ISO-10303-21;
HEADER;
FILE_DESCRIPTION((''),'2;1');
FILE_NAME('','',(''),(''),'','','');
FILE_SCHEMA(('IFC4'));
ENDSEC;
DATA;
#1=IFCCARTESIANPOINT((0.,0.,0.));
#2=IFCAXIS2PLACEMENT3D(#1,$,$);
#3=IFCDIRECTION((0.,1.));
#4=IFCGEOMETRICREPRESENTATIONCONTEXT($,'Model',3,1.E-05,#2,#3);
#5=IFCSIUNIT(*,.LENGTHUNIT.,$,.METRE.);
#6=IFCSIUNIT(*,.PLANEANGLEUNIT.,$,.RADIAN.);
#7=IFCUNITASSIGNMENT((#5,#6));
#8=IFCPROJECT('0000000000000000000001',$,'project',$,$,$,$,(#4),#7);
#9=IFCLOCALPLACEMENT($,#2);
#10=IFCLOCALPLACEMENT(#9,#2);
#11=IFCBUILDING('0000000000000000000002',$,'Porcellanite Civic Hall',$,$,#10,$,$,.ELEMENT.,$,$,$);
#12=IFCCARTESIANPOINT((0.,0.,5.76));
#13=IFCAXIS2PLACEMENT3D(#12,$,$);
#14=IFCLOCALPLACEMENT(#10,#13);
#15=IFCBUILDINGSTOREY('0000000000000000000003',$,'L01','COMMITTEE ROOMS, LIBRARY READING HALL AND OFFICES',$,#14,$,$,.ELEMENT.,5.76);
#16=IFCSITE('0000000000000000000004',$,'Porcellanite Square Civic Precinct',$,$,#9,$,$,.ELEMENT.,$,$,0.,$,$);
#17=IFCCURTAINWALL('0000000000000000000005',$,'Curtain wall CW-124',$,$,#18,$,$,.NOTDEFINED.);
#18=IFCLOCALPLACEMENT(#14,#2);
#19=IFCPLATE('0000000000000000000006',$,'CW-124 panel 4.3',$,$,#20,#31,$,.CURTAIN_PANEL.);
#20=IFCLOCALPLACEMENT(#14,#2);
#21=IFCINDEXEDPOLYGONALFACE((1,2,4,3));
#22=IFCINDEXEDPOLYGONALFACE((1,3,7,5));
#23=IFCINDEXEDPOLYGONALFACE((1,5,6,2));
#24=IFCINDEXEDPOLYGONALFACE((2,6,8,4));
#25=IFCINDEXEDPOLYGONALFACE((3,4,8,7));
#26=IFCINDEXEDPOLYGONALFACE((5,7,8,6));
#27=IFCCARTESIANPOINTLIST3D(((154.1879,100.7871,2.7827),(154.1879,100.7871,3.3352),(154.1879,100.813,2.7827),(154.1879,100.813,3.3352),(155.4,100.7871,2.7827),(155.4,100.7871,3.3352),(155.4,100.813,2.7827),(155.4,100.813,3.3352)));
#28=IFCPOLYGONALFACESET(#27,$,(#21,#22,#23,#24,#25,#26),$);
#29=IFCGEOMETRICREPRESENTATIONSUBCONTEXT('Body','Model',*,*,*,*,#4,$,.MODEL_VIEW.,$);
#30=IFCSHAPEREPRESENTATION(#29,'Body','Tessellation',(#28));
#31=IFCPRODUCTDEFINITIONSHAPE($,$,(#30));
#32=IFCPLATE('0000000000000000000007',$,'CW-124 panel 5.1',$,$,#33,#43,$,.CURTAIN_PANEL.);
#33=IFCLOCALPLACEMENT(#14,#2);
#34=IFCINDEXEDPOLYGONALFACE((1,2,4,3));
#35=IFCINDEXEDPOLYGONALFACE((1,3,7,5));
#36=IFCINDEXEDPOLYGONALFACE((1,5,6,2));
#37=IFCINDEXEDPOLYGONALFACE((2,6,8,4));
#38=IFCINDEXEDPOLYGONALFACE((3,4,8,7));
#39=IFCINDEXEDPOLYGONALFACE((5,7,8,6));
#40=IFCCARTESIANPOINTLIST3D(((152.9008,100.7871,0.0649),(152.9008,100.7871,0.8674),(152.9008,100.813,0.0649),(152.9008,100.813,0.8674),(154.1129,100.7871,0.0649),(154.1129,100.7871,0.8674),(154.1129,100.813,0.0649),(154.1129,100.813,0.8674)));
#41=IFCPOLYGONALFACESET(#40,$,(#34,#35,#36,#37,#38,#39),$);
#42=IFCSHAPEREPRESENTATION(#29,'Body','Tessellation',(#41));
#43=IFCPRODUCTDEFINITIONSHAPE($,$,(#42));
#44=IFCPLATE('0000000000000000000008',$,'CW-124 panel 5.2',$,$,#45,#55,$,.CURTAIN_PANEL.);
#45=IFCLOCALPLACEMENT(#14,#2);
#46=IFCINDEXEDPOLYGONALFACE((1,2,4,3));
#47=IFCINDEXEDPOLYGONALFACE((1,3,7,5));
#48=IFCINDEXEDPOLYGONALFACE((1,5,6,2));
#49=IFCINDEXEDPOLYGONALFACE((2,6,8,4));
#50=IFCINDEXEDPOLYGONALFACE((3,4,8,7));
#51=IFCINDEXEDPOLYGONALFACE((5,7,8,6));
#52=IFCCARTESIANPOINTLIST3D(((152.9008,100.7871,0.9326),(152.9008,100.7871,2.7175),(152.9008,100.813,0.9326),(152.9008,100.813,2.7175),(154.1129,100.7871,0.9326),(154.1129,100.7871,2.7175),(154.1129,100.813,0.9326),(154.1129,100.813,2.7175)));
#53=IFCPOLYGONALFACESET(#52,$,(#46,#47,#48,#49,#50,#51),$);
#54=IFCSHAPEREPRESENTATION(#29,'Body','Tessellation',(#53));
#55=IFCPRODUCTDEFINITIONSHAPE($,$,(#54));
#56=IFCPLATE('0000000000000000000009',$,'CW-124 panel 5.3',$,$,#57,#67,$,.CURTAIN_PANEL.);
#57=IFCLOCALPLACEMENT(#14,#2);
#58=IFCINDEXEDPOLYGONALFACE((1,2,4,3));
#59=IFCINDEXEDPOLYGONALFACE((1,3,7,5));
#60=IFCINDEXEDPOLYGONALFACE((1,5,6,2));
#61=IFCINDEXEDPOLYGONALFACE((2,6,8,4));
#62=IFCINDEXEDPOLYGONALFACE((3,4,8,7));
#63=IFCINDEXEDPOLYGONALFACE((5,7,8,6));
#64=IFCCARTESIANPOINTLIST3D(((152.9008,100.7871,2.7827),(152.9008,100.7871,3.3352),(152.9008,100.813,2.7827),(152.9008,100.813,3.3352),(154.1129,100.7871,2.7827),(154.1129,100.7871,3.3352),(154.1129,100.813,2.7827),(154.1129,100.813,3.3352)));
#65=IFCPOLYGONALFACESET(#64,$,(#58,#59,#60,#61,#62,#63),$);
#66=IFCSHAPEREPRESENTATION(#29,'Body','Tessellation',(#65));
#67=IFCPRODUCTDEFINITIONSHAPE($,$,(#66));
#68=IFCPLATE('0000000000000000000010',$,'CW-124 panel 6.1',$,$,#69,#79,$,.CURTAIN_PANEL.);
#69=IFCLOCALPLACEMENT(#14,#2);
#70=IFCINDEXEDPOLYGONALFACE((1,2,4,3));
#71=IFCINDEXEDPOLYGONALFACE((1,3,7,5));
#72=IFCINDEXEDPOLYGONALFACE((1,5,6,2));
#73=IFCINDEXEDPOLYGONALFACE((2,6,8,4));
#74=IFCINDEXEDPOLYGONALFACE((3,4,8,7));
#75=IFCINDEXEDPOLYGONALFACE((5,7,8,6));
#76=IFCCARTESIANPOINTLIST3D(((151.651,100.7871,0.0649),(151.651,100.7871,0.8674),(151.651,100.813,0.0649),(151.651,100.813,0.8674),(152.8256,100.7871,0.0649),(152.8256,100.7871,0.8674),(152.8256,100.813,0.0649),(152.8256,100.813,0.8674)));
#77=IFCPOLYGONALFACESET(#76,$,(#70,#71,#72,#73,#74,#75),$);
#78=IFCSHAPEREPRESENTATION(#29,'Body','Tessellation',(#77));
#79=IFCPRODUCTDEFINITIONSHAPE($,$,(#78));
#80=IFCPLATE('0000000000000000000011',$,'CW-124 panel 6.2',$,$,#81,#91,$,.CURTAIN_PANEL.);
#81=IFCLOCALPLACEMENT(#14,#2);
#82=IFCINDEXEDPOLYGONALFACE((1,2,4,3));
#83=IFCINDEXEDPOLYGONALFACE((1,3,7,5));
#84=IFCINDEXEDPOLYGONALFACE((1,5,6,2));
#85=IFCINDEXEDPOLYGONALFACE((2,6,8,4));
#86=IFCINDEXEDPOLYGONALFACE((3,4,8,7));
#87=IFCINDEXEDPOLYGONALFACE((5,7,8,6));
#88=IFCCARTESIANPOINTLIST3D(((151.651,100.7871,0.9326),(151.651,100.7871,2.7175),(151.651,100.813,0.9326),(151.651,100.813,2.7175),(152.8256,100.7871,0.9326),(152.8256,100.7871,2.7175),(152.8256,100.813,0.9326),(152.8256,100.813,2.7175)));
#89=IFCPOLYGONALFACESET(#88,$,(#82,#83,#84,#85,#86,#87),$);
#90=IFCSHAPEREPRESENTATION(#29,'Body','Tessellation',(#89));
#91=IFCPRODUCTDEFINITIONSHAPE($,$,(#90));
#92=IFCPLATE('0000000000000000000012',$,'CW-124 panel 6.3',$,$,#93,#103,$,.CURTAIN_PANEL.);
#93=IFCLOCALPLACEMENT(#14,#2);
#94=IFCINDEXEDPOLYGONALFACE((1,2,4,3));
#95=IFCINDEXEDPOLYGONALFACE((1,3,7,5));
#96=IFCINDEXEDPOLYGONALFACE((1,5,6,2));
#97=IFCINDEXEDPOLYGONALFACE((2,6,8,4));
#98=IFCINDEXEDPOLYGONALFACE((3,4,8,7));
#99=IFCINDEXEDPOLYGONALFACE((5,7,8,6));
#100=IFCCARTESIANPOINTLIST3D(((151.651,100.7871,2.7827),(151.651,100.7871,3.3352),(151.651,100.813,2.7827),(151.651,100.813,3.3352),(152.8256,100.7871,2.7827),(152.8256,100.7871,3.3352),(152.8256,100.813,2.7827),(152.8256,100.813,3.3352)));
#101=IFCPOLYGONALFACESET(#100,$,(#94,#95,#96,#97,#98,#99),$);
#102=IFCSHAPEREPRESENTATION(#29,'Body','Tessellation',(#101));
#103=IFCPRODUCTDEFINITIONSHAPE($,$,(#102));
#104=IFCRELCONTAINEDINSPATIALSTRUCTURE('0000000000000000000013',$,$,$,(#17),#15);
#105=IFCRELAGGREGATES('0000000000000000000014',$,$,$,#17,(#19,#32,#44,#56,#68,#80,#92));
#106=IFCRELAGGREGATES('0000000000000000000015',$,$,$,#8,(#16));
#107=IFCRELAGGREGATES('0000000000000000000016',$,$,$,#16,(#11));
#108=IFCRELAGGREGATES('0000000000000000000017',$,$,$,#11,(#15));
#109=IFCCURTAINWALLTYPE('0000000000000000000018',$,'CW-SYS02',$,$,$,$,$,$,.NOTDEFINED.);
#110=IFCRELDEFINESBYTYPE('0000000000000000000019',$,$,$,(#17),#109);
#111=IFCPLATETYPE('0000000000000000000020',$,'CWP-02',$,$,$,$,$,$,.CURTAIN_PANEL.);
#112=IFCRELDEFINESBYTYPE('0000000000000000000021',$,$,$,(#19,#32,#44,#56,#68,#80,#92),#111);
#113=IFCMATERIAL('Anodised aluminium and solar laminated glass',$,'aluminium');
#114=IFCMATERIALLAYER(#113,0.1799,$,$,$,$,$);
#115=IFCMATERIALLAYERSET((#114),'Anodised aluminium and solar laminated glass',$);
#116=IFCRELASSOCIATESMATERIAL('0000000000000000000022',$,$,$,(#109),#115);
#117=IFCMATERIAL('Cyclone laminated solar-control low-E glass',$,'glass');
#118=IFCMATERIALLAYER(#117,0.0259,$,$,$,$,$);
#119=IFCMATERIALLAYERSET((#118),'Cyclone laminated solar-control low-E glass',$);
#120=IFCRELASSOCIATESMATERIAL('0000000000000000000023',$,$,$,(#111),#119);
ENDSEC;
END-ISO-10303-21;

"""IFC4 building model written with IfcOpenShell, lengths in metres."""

from ifc_helpers import new_model, si_unit, direction, frame, origin, origin_2d, place, context, subcontext, project, spatial, rectangle, extrude, material, layer, layer_set, type_object, element, aggregate, save


model = new_model("IFC4")

# Units and contexts
model_context = context("Model", 3, precision=1e-05, world=origin(), true_north=direction((0.0, 1.0)))
body_context = subcontext(model_context, "Body", "Model", "MODEL_VIEW")
ifc_project = project(units=[si_unit("LENGTHUNIT", "METRE"), si_unit("PLANEANGLEUNIT", "RADIAN")], contexts=[model_context])

# Site, building, storey
site_placement = place(None, origin())
site = spatial("IfcSite", under=ifc_project, at=site_placement, Name="Porcellanite Square Civic Precinct", CompositionType="ELEMENT", RefElevation=0.0)
building_placement = place(site_placement, origin())
building = spatial("IfcBuilding", under=site, at=building_placement, Name="Porcellanite Civic Hall", CompositionType="ELEMENT")
storey_placement = place(building_placement, frame((0.0, 0.0, 5.76)))
storey = spatial("IfcBuildingStorey", under=building, at=storey_placement, Name="L01", Description="COMMITTEE ROOMS, LIBRARY READING HALL AND OFFICES", CompositionType="ELEMENT", Elevation=5.76)

# Curtain wall
ifc_material_1 = material(Name="Anodised aluminium and solar laminated glass", Category="aluminium")
ifc_layer_1 = layer(ifc_material_1, 0.1799)
ifc_layer_set_1 = layer_set([ifc_layer_1], Name="Anodised aluminium and solar laminated glass")
curtain_wall_type = type_object("IfcCurtainWallType", Name="CW-SYS02", PredefinedType="NOTDEFINED", material=ifc_layer_set_1)
curtain_wall_1_placement = place(storey_placement, origin())
curtain_wall_1 = element("IfcCurtainWall", 1, at=curtain_wall_1_placement, inside=storey, type_object=curtain_wall_type, Name="Curtain wall CW-124", PredefinedType="NOTDEFINED")

# Plates
ifc_material_2 = material(Name="Cyclone laminated solar-control low-E glass", Category="glass")
ifc_layer_2 = layer(ifc_material_2, 0.0259)
ifc_layer_set_2 = layer_set([ifc_layer_2], Name="Cyclone laminated solar-control low-E glass")
plate_type = type_object("IfcPlateType", Name="CWP-02", PredefinedType="CURTAIN_PANEL", material=ifc_layer_set_2)
plate_1_placement = place(storey_placement, frame((154.7939, 100.8, 2.7827), z_axis=(0.0, 0.0, 1.0), x_axis=(-1.0, 0.0, 0.0)))
plate_1 = element("IfcPlate", 2, at=plate_1_placement, type_object=plate_type, Name="CW-124 panel 4.3", PredefinedType="CURTAIN_PANEL", context=body_context, shape_type="SweptSolid", body=[
    extrude(rectangle(XDim=1.2122, YDim=0.0259, at=origin_2d()), origin(), (0.0, 0.0, 1.0), 0.5525),
])
plate_2_placement = place(storey_placement, frame((153.5068, 100.8, 0.0649), z_axis=(0.0, 0.0, 1.0), x_axis=(-1.0, 0.0, 0.0)))
plate_2 = element("IfcPlate", 3, at=plate_2_placement, type_object=plate_type, Name="CW-124 panel 5.1", PredefinedType="CURTAIN_PANEL", context=body_context, shape_type="SweptSolid", body=[
    extrude(rectangle(XDim=1.2122, YDim=0.0259, at=origin_2d()), origin(), (0.0, 0.0, 1.0), 0.8025),
])
plate_3_placement = place(storey_placement, frame((153.5068, 100.8, 0.9326), z_axis=(0.0, 0.0, 1.0), x_axis=(-1.0, 0.0, 0.0)))
plate_3 = element("IfcPlate", 4, at=plate_3_placement, type_object=plate_type, Name="CW-124 panel 5.2", PredefinedType="CURTAIN_PANEL", context=body_context, shape_type="SweptSolid", body=[
    extrude(rectangle(XDim=1.2122, YDim=0.0259, at=origin_2d()), origin(), (0.0, 0.0, 1.0), 1.7849),
])
plate_4_placement = place(storey_placement, frame((153.5068, 100.8, 2.7827), z_axis=(0.0, 0.0, 1.0), x_axis=(-1.0, 0.0, 0.0)))
plate_4 = element("IfcPlate", 5, at=plate_4_placement, type_object=plate_type, Name="CW-124 panel 5.3", PredefinedType="CURTAIN_PANEL", context=body_context, shape_type="SweptSolid", body=[
    extrude(rectangle(XDim=1.2122, YDim=0.0259, at=origin_2d()), origin(), (0.0, 0.0, 1.0), 0.5525),
])
plate_5_placement = place(storey_placement, frame((152.2383, 100.8, 0.0649), z_axis=(0.0, 0.0, 1.0), x_axis=(-1.0, 0.0, 0.0)))
plate_5 = element("IfcPlate", 6, at=plate_5_placement, type_object=plate_type, Name="CW-124 panel 6.1", PredefinedType="CURTAIN_PANEL", context=body_context, shape_type="SweptSolid", body=[
    extrude(rectangle(XDim=1.1746, YDim=0.0259, at=origin_2d()), origin(), (0.0, 0.0, 1.0), 0.8025),
])
plate_6_placement = place(storey_placement, frame((152.2383, 100.8, 0.9326), z_axis=(0.0, 0.0, 1.0), x_axis=(-1.0, 0.0, 0.0)))
plate_6 = element("IfcPlate", 7, at=plate_6_placement, type_object=plate_type, Name="CW-124 panel 6.2", PredefinedType="CURTAIN_PANEL", context=body_context, shape_type="SweptSolid", body=[
    extrude(rectangle(XDim=1.1746, YDim=0.0259, at=origin_2d()), origin(), (0.0, 0.0, 1.0), 1.7849),
])
plate_7_placement = place(storey_placement, frame((152.2383, 100.8, 2.7827), z_axis=(0.0, 0.0, 1.0), x_axis=(-1.0, 0.0, 0.0)))
plate_7 = element("IfcPlate", 8, at=plate_7_placement, type_object=plate_type, Name="CW-124 panel 6.3", PredefinedType="CURTAIN_PANEL", context=body_context, shape_type="SweptSolid", body=[
    extrude(rectangle(XDim=1.1746, YDim=0.0259, at=origin_2d()), origin(), (0.0, 0.0, 1.0), 0.5525),
])
aggregate(curtain_wall_1, [plate_1, plate_2, plate_3, plate_4, plate_5, plate_6, plate_7])

save(model, "model.ifc")
